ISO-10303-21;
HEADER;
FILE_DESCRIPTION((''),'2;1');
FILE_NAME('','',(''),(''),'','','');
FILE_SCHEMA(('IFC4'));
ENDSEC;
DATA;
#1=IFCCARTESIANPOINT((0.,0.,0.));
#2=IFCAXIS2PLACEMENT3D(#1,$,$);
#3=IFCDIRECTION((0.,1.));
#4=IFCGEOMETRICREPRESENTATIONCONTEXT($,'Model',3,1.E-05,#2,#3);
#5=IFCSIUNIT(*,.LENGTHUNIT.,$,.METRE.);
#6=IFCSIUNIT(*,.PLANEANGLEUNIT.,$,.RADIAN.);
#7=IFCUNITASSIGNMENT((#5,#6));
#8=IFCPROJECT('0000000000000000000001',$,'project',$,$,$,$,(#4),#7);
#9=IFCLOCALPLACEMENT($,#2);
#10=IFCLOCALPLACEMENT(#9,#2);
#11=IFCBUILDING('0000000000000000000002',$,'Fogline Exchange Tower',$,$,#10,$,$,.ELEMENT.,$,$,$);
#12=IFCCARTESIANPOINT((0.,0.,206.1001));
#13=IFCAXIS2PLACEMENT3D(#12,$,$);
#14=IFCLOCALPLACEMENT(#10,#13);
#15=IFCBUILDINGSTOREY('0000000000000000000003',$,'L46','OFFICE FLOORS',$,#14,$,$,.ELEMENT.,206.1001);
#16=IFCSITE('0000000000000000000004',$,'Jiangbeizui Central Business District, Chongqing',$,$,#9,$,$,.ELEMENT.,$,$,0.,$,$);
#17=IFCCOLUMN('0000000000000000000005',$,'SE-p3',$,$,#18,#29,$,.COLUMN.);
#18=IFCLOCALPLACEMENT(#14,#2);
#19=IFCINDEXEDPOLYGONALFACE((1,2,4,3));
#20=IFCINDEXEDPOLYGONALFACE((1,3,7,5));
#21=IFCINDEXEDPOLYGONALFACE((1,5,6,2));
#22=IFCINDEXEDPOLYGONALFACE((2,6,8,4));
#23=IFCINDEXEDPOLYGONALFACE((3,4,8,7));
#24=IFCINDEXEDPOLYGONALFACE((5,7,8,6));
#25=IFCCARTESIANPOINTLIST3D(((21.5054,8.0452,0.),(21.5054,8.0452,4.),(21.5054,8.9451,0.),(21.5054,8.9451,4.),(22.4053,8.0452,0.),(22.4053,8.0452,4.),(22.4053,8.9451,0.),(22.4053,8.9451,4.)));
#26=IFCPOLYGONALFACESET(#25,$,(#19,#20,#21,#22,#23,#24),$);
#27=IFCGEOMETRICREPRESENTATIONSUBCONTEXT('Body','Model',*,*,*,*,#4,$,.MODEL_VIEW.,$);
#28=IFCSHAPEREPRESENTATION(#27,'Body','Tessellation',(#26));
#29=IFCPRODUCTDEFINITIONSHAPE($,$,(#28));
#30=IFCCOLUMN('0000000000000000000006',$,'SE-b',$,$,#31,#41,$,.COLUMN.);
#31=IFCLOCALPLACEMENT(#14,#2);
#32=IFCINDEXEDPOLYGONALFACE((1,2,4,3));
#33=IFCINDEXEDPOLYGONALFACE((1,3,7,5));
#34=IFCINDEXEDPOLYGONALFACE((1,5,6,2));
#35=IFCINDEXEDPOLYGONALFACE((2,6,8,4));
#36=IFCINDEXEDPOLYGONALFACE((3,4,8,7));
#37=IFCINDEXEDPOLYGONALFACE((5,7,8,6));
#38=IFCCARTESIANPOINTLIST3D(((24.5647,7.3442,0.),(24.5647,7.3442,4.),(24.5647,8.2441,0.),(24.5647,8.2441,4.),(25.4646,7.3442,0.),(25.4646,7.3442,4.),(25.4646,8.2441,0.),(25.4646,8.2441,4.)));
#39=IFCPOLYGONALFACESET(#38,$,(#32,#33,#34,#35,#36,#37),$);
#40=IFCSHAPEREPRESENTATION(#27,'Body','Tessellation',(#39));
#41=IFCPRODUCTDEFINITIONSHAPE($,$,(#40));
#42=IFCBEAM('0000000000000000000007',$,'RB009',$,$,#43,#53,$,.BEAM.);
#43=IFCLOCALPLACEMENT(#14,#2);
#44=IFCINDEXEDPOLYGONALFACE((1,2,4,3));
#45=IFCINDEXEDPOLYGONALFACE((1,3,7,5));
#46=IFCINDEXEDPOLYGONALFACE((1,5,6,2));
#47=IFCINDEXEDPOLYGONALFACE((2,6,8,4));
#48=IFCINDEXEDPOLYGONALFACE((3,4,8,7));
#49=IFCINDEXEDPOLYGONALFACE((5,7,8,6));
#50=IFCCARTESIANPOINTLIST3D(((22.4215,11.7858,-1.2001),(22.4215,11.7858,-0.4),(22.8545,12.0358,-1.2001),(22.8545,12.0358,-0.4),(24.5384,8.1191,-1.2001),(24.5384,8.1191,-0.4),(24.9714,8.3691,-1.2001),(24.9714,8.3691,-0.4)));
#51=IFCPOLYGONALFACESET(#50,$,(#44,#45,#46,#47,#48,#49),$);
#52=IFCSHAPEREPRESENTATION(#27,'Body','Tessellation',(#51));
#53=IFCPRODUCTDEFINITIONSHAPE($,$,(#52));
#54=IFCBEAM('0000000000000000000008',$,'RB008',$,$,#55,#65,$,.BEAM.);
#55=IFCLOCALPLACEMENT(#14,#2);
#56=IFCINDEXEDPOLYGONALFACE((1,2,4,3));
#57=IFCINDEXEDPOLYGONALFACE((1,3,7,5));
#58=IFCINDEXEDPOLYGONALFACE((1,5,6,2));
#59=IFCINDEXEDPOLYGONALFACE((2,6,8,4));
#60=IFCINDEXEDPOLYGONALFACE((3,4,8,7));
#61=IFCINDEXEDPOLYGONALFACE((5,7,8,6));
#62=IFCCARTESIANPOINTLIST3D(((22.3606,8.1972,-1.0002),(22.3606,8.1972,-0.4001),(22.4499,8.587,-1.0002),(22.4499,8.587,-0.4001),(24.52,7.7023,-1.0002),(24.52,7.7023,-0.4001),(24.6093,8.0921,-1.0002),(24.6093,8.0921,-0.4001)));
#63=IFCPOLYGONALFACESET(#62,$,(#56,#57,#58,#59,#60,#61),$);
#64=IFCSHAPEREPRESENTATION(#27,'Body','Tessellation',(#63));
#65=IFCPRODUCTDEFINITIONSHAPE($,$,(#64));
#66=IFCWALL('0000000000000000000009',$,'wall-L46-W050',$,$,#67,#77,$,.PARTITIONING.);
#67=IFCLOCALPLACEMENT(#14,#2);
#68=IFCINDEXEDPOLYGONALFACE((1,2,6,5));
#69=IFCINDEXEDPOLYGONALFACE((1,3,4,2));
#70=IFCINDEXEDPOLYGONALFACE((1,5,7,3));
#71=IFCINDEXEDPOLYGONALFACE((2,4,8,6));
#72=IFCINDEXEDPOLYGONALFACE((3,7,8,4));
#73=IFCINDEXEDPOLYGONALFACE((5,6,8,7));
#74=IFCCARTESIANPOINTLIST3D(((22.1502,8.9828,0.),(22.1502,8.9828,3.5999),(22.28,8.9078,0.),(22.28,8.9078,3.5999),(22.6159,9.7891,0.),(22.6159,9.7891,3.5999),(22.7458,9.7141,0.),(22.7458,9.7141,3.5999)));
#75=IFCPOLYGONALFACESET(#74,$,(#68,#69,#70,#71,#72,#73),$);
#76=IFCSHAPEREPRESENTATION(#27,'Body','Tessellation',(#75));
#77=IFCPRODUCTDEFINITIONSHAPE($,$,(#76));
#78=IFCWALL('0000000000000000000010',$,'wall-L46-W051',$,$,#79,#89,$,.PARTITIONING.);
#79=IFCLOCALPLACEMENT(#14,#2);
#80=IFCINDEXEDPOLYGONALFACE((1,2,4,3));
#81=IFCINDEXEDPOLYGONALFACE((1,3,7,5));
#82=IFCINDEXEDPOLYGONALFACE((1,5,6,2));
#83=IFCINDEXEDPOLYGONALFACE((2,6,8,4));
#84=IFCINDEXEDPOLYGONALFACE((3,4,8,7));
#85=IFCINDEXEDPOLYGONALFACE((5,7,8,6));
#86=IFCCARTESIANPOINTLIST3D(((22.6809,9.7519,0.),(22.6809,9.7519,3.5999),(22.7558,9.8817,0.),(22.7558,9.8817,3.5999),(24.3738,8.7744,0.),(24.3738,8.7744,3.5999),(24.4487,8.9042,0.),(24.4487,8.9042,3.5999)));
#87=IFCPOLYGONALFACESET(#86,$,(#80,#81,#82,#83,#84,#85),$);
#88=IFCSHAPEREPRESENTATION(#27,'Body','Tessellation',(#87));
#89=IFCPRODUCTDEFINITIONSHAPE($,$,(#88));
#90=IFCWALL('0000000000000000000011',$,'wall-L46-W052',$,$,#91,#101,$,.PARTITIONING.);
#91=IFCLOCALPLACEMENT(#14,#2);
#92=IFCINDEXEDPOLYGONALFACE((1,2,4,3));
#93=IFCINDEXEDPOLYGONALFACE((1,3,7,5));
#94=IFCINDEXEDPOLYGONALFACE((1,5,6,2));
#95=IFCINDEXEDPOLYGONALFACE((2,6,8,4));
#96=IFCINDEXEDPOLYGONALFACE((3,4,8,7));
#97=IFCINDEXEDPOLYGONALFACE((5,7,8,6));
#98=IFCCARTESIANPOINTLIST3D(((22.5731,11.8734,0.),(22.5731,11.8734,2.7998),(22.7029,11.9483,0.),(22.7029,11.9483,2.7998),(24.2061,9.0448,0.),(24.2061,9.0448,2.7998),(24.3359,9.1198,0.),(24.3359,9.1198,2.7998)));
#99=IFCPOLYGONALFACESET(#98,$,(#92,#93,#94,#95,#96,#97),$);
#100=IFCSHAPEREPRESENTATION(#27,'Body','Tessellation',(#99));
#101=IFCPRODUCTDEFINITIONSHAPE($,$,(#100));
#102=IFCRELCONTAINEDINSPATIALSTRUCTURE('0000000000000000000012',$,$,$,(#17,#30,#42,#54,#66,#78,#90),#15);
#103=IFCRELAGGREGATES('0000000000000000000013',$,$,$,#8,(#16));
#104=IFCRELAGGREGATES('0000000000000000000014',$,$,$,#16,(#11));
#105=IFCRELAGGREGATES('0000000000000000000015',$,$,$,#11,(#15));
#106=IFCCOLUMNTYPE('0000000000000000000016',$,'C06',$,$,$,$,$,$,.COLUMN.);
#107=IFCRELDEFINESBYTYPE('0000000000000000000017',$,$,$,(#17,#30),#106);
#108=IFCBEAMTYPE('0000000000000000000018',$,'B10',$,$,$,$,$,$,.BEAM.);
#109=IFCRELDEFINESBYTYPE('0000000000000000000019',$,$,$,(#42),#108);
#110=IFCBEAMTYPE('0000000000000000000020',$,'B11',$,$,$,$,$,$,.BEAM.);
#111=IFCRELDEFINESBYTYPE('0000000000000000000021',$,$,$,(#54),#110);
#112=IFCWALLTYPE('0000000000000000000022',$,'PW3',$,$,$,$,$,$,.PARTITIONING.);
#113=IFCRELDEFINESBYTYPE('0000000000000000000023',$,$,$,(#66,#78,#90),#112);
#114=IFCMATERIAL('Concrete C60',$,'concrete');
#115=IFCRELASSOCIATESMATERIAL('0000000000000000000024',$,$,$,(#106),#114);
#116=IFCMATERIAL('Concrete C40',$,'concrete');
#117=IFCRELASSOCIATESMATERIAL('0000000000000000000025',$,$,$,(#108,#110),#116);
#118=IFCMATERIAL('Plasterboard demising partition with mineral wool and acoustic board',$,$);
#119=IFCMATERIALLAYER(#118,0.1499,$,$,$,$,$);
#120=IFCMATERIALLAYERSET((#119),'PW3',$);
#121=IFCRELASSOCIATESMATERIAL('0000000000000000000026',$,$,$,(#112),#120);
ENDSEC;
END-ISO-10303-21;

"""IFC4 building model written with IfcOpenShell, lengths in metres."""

from ifc_helpers import new_model, si_unit, direction, frame, frame_2d, origin, origin_2d, place, context, subcontext, project, spatial, rectangle, extrude, material, layer, layer_set, material_profile, profile_set, type_object, element, save


model = new_model("IFC4")

# Units and contexts
model_context = context("Model", 3, precision=1e-05, world=origin(), true_north=direction((0.0, 1.0)))
body_context = subcontext(model_context, "Body", "Model", "MODEL_VIEW")
ifc_project = project(units=[si_unit("LENGTHUNIT", "METRE"), si_unit("PLANEANGLEUNIT", "RADIAN")], contexts=[model_context])

# Site, building, storey
site_placement = place(None, origin())
site = spatial("IfcSite", under=ifc_project, at=site_placement, Name="Jiangbeizui Central Business District, Chongqing", CompositionType="ELEMENT", RefElevation=0.0)
building_placement = place(site_placement, origin())
building = spatial("IfcBuilding", under=site, at=building_placement, Name="Fogline Exchange Tower", CompositionType="ELEMENT")
storey_placement = place(building_placement, frame((0.0, 0.0, 206.1001)))
storey = spatial("IfcBuildingStorey", under=building, at=storey_placement, Name="L46", Description="OFFICE FLOORS", CompositionType="ELEMENT", Elevation=206.1001)

# Columns
ifc_material_1 = material(Name="Concrete C60", Category="concrete")
ifc_material_profile_1 = material_profile(ifc_material_1, rectangle(XDim=0.8999, YDim=0.8999, at=origin_2d()), Name="RC 900x900")
ifc_profile_set_1 = profile_set([ifc_material_profile_1], Name="Concrete C60")
column_type = type_object("IfcColumnType", Name="C06", PredefinedType="COLUMN", material=ifc_profile_set_1)
for number, where, z_axis, x_axis, name in (
    (1, (21.9553, 8.4951, 0.0), (0.0, 0.0, 1.0), (1.0, 0.0, 0.0), "SE-p3"),
    (2, (25.0146, 7.7942, 0.0), (0.0, 0.0, 1.0), (1.0, 0.0, 0.0), "SE-b"),
):
    element("IfcColumn", number, at=place(storey_placement, frame(where, z_axis=z_axis, x_axis=x_axis)), inside=storey, type_object=column_type, Name=name, PredefinedType="COLUMN", context=body_context, shape_type="SweptSolid", body=[
        extrude(rectangle(XDim=0.8999, YDim=0.8999, at=origin_2d()), origin(), (0.0, 0.0, 1.0), 4.0),
    ])

# Beams
ifc_material_2 = material(Name="Concrete C40", Category="concrete")
ifc_material_profile_2 = material_profile(ifc_material_2, rectangle(XDim=0.5, YDim=0.8, at=origin_2d()), Name="RC 500x800")
ifc_profile_set_2 = profile_set([ifc_material_profile_2], Name="Concrete C40")
beam_type_1 = type_object("IfcBeamType", Name="B10", PredefinedType="BEAM", material=ifc_profile_set_2)
beam_1_placement = place(storey_placement, frame((24.7549, 8.2441, -0.8), z_axis=(-0.49999, 0.866031, 0.0), x_axis=(-0.866031, -0.49999, 0.0)))
element("IfcBeam", 3, at=beam_1_placement, inside=storey, type_object=beam_type_1, Name="RB009", PredefinedType="BEAM", context=body_context, shape_type="SweptSolid", body=[
    extrude(rectangle(XDim=0.5, YDim=0.8, at=origin_2d()), origin(), (0.0, 0.0, 1.0), 4.2339),
])
ifc_material_profile_3 = material_profile(ifc_material_2, rectangle(XDim=0.3999, YDim=0.6001, at=origin_2d()), Name="RC 400x600")
ifc_profile_set_3 = profile_set([ifc_material_profile_3], Name="Concrete C40")
beam_type_2 = type_object("IfcBeamType", Name="B11", PredefinedType="BEAM", material=ifc_profile_set_3)
beam_2_placement = place(storey_placement, frame((22.4053, 8.3921, -0.7002), z_axis=(0.974732, -0.223378, 0.0), x_axis=(0.223378, 0.974732, 0.0)))
element("IfcBeam", 4, at=beam_2_placement, inside=storey, type_object=beam_type_2, Name="RB008", PredefinedType="BEAM", context=body_context, shape_type="SweptSolid", body=[
    extrude(rectangle(XDim=0.3999, YDim=0.6001, at=origin_2d()), origin(), (0.0, 0.0, 1.0), 2.2153),
])

# Walls
ifc_material_3 = material(Name="Plasterboard demising partition with mineral wool and acoustic board")
ifc_layer_1 = layer(ifc_material_3, 0.1499)
ifc_layer_set_1 = layer_set([ifc_layer_1], Name="PW3")
wall_type_1 = type_object("IfcWallType", Name="PW3", PredefinedType="PARTITIONING", material=ifc_layer_set_1)
wall_1_placement = place(storey_placement, frame((22.2151, 8.9453, 0.0), z_axis=(0.0, 0.0, 1.0), x_axis=(0.500199, 0.86591, 0.0)))
element("IfcWall", 5, at=wall_1_placement, inside=storey, type_object=wall_type_1, Name="wall-L46-W050", PredefinedType="PARTITIONING", context=body_context, shape_type="SweptSolid", body=[
    extrude(rectangle(XDim=0.9312, YDim=0.1499, at=frame_2d((0.4656, 0.0))), origin(), (0.0, 0.0, 1.0), 3.5999),
])
wall_2_placement = place(storey_placement, frame((22.7183, 9.8169, 0.0), z_axis=(0.0, 0.0, 1.0), x_axis=(0.86599, -0.500061, 0.0)))
element("IfcWall", 6, at=wall_2_placement, inside=storey, type_object=wall_type_1, Name="wall-L46-W051", PredefinedType="PARTITIONING", context=body_context, shape_type="SweptSolid", body=[
    extrude(rectangle(XDim=1.9548, YDim=0.1499, at=frame_2d((0.9775, 0.0))), origin(), (0.0, 0.0, 1.0), 3.5999),
])
wall_3_placement = place(storey_placement, frame((24.271, 9.0823, 0.0), z_axis=(0.0, 0.0, 1.0), x_axis=(-0.49999, 0.866031, 0.0)))
element("IfcWall", 7, at=wall_3_placement, inside=storey, type_object=wall_type_1, Name="wall-L46-W052", PredefinedType="PARTITIONING", context=body_context, shape_type="SweptSolid", body=[
    extrude(rectangle(XDim=3.2661, YDim=0.1499, at=frame_2d((1.6331, 0.0))), origin(), (0.0, 0.0, 1.0), 2.7998),
])

save(model, "model.ifc")
